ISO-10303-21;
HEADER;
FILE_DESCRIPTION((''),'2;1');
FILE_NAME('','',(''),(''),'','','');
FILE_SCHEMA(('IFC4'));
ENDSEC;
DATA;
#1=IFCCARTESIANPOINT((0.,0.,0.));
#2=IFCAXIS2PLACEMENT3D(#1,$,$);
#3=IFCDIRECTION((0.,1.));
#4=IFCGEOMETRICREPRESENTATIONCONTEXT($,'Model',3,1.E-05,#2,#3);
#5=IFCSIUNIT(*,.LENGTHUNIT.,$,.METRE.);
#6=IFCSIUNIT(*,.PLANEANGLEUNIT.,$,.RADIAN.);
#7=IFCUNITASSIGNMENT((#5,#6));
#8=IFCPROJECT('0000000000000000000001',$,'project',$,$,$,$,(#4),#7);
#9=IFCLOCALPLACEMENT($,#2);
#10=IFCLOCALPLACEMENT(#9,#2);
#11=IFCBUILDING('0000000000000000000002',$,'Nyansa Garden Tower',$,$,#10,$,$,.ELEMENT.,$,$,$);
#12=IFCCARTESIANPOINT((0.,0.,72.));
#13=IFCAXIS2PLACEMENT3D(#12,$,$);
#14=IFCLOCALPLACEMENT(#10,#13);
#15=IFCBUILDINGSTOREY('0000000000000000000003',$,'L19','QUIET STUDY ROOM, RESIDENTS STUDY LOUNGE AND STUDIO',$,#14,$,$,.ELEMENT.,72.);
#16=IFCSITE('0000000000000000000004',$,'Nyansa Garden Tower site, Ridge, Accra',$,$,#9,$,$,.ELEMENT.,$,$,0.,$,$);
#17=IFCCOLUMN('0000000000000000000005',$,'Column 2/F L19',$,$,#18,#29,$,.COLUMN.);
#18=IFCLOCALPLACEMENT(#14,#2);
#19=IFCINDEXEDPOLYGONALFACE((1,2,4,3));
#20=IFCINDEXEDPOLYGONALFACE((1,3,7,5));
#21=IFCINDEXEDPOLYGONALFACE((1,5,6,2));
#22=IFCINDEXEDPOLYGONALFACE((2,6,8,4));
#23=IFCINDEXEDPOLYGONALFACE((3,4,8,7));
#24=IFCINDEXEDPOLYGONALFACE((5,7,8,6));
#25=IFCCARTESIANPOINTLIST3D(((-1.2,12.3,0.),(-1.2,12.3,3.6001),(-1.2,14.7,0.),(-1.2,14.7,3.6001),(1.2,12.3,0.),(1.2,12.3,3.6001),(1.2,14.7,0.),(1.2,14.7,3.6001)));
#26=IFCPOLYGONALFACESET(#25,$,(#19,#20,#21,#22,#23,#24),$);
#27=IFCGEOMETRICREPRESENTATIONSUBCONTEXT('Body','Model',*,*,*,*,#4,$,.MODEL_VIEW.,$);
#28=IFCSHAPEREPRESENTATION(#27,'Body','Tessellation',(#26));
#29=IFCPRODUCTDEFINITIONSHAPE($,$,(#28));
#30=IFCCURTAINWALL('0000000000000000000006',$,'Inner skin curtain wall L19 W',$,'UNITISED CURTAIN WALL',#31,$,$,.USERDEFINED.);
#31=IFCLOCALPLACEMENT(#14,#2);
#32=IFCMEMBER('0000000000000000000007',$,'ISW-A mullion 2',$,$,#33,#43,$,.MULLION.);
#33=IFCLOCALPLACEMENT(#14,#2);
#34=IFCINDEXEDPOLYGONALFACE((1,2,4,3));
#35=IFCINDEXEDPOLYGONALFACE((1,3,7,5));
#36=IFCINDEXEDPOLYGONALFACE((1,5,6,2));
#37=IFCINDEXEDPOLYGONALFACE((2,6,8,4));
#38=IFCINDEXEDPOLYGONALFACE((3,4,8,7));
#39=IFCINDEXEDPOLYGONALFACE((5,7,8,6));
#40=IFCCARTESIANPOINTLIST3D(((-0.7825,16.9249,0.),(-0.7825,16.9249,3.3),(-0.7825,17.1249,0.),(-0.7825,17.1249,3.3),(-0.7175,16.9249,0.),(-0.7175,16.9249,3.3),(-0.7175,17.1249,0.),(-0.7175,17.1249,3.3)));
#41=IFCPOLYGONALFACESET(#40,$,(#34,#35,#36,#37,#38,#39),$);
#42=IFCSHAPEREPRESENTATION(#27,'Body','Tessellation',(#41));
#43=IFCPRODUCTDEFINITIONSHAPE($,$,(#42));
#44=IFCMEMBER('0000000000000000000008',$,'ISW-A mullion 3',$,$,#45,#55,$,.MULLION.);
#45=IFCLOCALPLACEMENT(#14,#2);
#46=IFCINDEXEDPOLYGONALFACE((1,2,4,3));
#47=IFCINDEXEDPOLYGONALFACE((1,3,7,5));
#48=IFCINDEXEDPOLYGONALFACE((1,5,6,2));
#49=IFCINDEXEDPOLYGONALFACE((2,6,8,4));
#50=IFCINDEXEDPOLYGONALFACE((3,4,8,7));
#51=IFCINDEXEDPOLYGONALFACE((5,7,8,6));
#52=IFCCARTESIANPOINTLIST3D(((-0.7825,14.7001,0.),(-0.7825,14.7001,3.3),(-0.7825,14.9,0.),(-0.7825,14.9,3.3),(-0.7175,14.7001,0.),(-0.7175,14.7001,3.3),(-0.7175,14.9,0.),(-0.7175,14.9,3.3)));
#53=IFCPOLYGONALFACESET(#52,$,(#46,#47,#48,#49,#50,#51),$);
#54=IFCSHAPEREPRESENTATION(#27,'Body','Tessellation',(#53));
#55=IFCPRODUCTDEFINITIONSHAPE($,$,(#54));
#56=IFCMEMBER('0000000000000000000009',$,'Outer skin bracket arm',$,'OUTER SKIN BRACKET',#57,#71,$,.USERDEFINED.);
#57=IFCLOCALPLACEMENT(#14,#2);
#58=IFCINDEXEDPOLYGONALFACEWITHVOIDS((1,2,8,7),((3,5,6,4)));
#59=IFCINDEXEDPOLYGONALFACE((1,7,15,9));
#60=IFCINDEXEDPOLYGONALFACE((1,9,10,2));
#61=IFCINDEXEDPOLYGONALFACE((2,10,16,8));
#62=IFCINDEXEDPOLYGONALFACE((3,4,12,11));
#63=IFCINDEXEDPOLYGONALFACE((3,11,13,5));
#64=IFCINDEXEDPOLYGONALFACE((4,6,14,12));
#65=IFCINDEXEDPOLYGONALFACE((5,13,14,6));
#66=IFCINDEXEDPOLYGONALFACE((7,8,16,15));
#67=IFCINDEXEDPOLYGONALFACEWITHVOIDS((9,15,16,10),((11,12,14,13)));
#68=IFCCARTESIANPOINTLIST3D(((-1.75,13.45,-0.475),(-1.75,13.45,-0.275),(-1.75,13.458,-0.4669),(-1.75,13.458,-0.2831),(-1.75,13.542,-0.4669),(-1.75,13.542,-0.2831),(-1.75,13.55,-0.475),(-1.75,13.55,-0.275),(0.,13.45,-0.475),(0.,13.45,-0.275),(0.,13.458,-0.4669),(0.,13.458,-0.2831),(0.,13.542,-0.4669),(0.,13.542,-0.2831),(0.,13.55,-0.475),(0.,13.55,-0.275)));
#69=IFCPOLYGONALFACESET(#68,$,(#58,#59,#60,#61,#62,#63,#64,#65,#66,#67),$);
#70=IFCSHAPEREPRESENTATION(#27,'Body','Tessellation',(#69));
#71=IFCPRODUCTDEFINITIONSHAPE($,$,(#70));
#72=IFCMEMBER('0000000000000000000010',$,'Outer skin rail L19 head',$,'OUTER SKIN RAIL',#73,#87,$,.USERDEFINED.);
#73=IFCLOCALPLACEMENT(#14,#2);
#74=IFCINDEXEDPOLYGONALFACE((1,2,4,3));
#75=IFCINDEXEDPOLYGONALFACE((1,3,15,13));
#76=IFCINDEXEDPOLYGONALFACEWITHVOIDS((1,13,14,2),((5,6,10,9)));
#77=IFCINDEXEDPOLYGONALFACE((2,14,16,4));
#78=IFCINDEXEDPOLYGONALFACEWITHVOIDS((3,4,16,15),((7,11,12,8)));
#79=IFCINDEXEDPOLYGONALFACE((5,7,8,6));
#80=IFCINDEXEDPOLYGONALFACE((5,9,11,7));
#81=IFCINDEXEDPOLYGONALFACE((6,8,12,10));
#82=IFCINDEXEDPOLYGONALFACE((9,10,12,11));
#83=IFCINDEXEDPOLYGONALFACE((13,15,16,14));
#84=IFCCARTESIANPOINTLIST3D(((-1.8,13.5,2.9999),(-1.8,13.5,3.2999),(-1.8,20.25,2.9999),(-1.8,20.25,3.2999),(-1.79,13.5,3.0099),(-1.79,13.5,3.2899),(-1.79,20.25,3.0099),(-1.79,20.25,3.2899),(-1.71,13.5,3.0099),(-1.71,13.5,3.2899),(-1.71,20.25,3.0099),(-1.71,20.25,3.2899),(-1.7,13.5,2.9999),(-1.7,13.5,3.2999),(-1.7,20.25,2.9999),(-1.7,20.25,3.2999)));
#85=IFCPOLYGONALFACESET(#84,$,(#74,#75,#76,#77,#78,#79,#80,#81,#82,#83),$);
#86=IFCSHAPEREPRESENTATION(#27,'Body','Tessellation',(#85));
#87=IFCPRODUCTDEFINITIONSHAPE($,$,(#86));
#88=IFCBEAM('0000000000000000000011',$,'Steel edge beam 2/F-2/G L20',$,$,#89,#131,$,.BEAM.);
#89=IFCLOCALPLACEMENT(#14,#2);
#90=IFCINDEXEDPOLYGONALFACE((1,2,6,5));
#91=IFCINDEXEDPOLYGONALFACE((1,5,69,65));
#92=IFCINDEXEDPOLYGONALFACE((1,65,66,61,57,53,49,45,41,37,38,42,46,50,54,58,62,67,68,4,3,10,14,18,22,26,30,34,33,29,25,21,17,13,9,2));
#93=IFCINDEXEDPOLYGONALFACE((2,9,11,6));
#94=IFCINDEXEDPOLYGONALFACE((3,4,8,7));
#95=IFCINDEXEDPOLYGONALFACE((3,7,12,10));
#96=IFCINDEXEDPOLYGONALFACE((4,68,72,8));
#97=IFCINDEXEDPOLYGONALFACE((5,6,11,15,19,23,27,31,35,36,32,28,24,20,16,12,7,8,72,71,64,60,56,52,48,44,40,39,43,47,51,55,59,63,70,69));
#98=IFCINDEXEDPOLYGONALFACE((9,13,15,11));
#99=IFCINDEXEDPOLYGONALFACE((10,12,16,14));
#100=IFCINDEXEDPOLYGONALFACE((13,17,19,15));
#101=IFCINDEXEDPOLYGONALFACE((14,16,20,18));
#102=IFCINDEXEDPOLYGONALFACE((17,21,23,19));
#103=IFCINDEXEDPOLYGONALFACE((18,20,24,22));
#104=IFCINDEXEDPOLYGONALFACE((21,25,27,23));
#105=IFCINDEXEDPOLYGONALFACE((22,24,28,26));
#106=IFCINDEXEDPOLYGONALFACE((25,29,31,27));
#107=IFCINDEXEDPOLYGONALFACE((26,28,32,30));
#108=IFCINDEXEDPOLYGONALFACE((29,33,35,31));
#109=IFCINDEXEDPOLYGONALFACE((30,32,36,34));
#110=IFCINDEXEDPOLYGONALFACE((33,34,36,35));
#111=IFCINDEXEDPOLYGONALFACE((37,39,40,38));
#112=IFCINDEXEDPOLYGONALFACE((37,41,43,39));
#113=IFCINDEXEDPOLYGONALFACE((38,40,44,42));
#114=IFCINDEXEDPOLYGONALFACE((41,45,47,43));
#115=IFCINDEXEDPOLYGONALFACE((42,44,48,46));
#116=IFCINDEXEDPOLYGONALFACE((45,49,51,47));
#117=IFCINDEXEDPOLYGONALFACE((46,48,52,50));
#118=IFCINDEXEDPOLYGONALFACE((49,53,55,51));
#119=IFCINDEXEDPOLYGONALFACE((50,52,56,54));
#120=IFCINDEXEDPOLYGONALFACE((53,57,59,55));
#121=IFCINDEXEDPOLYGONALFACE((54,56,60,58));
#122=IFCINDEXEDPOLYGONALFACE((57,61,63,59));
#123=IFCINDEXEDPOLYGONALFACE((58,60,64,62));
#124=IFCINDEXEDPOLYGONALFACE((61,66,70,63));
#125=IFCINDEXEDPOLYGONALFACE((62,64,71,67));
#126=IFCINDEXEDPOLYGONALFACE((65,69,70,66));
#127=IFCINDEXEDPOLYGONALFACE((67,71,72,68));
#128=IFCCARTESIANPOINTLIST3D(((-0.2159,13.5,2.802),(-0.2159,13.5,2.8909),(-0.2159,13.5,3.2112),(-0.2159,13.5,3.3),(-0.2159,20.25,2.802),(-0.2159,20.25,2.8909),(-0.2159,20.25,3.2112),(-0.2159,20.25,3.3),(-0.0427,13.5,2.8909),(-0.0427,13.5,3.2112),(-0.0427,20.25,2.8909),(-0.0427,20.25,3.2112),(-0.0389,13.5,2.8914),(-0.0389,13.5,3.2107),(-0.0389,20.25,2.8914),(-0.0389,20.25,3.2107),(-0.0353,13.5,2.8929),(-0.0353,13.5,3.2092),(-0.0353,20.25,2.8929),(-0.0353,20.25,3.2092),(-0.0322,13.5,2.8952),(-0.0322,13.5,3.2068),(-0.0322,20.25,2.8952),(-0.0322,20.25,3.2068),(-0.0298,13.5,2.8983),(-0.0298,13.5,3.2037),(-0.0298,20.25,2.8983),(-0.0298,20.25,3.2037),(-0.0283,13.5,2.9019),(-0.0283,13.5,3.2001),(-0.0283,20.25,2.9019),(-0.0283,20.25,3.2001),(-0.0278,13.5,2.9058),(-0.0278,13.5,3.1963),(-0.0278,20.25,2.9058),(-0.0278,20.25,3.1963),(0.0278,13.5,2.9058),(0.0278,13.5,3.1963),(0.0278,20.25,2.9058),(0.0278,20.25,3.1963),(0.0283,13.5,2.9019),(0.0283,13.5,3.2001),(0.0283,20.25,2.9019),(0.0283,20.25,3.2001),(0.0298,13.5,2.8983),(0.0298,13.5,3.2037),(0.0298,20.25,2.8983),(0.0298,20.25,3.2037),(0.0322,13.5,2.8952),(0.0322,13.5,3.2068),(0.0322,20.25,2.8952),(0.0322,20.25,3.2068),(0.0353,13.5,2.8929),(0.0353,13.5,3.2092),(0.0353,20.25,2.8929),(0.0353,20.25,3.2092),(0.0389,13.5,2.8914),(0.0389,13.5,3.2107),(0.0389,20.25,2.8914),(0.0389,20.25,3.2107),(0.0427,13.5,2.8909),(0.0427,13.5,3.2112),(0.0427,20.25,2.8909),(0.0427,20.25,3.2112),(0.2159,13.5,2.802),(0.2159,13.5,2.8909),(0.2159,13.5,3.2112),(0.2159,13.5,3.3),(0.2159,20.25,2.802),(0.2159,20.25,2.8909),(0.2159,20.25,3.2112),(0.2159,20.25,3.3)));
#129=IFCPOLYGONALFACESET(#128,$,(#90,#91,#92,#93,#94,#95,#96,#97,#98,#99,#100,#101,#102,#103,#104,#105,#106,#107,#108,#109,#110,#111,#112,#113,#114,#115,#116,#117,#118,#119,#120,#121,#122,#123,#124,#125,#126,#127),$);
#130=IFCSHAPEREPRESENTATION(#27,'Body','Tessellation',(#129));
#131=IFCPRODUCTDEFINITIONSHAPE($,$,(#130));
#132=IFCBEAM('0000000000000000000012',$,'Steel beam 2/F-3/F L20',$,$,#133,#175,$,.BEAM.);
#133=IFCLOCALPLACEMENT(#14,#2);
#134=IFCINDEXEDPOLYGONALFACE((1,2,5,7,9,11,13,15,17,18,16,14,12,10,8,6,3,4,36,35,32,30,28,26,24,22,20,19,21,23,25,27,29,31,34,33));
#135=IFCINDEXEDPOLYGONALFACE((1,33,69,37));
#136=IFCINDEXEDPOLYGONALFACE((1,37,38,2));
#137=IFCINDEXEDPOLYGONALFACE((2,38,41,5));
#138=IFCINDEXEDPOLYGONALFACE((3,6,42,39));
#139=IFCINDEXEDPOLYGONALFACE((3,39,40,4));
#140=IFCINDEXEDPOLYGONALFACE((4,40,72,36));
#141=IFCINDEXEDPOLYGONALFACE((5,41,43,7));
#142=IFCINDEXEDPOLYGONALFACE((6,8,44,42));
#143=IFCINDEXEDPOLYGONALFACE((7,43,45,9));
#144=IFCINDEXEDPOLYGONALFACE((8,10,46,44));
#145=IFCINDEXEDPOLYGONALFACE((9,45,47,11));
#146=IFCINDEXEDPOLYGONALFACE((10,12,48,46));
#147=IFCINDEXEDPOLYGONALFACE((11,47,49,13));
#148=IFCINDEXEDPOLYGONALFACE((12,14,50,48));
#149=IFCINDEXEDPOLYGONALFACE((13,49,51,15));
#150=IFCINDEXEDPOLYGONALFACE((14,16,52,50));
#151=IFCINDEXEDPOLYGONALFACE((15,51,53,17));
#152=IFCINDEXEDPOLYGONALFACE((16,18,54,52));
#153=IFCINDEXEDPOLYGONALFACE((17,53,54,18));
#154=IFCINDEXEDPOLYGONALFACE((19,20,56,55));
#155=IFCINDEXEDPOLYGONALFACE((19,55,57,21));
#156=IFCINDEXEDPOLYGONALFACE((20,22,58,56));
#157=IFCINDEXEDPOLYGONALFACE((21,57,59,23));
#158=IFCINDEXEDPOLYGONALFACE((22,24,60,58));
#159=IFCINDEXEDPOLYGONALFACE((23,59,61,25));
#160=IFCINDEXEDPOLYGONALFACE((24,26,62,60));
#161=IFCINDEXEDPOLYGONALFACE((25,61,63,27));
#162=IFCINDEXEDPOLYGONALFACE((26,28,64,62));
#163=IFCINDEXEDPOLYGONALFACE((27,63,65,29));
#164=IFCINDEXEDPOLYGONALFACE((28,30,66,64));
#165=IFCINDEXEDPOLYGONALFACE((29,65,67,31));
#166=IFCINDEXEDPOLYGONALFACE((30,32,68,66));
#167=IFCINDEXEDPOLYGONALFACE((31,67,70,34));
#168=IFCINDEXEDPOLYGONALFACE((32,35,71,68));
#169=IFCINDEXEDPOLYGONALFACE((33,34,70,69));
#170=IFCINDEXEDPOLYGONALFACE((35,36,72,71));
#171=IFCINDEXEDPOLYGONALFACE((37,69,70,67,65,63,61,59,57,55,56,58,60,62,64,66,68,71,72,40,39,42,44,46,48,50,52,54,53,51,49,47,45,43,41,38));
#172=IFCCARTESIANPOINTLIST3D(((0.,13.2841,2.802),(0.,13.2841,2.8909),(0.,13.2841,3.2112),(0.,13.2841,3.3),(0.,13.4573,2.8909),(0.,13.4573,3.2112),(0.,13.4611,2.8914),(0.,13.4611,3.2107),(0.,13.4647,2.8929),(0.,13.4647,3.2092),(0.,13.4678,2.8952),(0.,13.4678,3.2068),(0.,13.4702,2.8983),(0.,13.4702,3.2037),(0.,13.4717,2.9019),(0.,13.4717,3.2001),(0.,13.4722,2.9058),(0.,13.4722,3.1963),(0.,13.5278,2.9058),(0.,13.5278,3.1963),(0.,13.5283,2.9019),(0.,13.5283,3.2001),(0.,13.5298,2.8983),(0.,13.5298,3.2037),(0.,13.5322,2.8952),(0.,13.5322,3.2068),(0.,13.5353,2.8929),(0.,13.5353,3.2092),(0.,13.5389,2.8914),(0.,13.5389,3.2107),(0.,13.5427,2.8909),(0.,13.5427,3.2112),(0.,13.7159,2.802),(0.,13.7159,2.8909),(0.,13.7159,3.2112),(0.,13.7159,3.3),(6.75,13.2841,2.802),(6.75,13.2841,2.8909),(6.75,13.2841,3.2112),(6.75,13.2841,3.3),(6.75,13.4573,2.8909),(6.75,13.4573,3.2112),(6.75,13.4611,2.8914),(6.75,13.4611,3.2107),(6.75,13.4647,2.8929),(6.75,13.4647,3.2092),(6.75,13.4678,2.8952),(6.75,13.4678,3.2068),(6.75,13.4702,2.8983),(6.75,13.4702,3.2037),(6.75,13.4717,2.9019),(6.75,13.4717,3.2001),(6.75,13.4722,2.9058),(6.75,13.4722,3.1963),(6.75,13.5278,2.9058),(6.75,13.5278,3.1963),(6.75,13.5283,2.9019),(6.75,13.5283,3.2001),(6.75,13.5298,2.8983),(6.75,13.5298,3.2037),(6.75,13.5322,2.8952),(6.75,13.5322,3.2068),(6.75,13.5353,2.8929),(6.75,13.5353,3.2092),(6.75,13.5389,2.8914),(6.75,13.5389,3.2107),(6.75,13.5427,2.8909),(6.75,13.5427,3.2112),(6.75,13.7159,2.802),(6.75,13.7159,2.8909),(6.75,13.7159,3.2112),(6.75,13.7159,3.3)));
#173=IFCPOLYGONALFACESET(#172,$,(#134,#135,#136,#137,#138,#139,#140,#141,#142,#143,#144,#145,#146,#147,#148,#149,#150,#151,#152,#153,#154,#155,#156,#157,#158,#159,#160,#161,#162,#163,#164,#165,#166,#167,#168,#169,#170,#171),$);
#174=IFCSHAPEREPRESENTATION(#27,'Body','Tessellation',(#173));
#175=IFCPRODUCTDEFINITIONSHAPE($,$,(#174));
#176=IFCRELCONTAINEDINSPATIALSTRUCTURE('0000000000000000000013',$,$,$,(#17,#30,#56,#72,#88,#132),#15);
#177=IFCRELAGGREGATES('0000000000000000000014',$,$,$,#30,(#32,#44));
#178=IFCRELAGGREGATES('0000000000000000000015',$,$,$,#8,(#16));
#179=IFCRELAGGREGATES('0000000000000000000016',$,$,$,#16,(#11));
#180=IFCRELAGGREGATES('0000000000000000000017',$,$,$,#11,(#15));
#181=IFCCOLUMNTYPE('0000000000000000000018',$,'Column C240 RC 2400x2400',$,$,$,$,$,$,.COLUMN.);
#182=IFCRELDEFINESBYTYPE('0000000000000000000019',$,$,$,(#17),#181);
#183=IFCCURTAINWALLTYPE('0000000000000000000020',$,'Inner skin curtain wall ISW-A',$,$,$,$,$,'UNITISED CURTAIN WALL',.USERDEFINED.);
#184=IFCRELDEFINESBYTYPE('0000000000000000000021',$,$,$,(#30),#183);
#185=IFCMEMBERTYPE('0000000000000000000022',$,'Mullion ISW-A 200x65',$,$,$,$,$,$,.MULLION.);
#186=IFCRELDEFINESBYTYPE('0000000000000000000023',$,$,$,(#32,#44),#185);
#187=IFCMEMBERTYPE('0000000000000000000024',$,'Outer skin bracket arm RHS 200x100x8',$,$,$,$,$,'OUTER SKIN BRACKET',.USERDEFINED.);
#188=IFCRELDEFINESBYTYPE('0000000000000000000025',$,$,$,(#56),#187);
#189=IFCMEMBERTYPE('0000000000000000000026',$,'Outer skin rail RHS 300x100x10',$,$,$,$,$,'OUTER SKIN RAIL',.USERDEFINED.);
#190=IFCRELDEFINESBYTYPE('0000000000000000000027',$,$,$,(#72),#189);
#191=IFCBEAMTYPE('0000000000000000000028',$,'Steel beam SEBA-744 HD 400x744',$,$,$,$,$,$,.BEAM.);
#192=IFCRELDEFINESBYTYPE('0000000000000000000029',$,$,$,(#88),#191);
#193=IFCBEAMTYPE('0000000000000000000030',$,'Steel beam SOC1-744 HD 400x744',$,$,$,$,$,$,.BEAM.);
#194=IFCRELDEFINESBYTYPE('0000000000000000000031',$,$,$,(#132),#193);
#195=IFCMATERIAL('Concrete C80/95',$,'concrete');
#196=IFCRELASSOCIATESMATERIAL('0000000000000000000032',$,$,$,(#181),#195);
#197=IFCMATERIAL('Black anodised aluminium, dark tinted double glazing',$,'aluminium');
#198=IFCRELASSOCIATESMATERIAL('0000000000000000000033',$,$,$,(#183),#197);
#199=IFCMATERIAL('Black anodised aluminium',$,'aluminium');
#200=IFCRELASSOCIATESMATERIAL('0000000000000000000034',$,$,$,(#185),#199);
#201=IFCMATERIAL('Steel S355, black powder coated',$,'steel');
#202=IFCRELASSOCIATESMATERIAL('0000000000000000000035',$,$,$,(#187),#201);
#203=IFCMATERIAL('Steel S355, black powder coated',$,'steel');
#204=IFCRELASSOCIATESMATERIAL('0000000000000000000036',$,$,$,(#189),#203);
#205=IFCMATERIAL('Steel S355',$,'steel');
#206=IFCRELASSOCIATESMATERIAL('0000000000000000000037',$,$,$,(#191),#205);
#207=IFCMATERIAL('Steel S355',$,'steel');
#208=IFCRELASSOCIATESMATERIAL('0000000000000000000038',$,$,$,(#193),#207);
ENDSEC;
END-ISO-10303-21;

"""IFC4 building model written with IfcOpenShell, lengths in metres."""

from ifc_helpers import new_model, si_unit, direction, frame, origin, origin_2d, place, context, subcontext, project, spatial, rectangle, hollow_rectangle, i_section, extrude, material, material_profile, profile_set, type_object, element, aggregate, save


model = new_model("IFC4")

# Units and contexts
model_context = context("Model", 3, precision=1e-05, world=origin(), true_north=direction((0.0, 1.0)))
body_context = subcontext(model_context, "Body", "Model", "MODEL_VIEW")
ifc_project = project(units=[si_unit("LENGTHUNIT", "METRE"), si_unit("PLANEANGLEUNIT", "RADIAN")], contexts=[model_context])

# Site, building, storey
site_placement = place(None, origin())
site = spatial("IfcSite", under=ifc_project, at=site_placement, Name="Nyansa Garden Tower site, Ridge, Accra", CompositionType="ELEMENT", RefElevation=0.0)
building_placement = place(site_placement, origin())
building = spatial("IfcBuilding", under=site, at=building_placement, Name="Nyansa Garden Tower", CompositionType="ELEMENT")
storey_placement = place(building_placement, frame((0.0, 0.0, 72.0)))
storey = spatial("IfcBuildingStorey", under=building, at=storey_placement, Name="L19", Description="QUIET STUDY ROOM, RESIDENTS STUDY LOUNGE AND STUDIO", CompositionType="ELEMENT", Elevation=72.0)

# Column
ifc_material_1 = material(Name="Concrete C80/95", Category="concrete")
ifc_material_profile_1 = material_profile(ifc_material_1, rectangle(XDim=2.3999, YDim=2.3999, at=origin_2d()), Name="RC 2400x2400")
ifc_profile_set_1 = profile_set([ifc_material_profile_1], Name="Concrete C80/95")
column_type = type_object("IfcColumnType", Name="Column C240 RC 2400x2400", PredefinedType="COLUMN", material=ifc_profile_set_1)
column_placement = place(storey_placement, frame((0.0, 13.5, 0.0), z_axis=(0.0, 0.0, 1.0), x_axis=(1.0, 0.0, 0.0)))
element("IfcColumn", 1, at=column_placement, inside=storey, type_object=column_type, Name="Column 2/F L19", PredefinedType="COLUMN", context=body_context, shape_type="SweptSolid", body=[
    extrude(rectangle(XDim=2.3999, YDim=2.3999, at=origin_2d()), origin(), (0.0, 0.0, 1.0), 3.6001),
])

# Curtain wall, members
ifc_material_2 = material(Name="Black anodised aluminium, dark tinted double glazing", Category="aluminium")
curtain_wall_type = type_object("IfcCurtainWallType", Name="Inner skin curtain wall ISW-A", ElementType="UNITISED CURTAIN WALL", PredefinedType="USERDEFINED", material=ifc_material_2)
curtain_wall_placement = place(storey_placement, origin())
curtain_wall = element("IfcCurtainWall", 2, at=curtain_wall_placement, inside=storey, type_object=curtain_wall_type, Name="Inner skin curtain wall L19 W", ObjectType="UNITISED CURTAIN WALL", PredefinedType="USERDEFINED")
ifc_material_3 = material(Name="Black anodised aluminium", Category="aluminium")
ifc_material_profile_2 = material_profile(ifc_material_3, rectangle(XDim=0.0649, YDim=0.2, at=origin_2d()), Name="Mullion 200x65")
ifc_profile_set_2 = profile_set([ifc_material_profile_2], Name="Black anodised aluminium")
member_type_1 = type_object("IfcMemberType", Name="Mullion ISW-A 200x65", PredefinedType="MULLION", material=ifc_profile_set_2)
member_1_placement = place(storey_placement, frame((-0.75, 17.0249, 0.0), z_axis=(0.0, 0.0, 1.0), x_axis=(1.0, 0.0, 0.0)))
member_1 = element("IfcMember", 3, at=member_1_placement, type_object=member_type_1, Name="ISW-A mullion 2", PredefinedType="MULLION", context=body_context, shape_type="SweptSolid", body=[
    extrude(rectangle(XDim=0.0649, YDim=0.2, at=origin_2d()), origin(), (0.0, 0.0, 1.0), 3.3),
])
member_2_placement = place(storey_placement, frame((-0.75, 14.8, 0.0), z_axis=(0.0, 0.0, 1.0), x_axis=(1.0, 0.0, 0.0)))
member_2 = element("IfcMember", 4, at=member_2_placement, type_object=member_type_1, Name="ISW-A mullion 3", PredefinedType="MULLION", context=body_context, shape_type="SweptSolid", body=[
    extrude(rectangle(XDim=0.0649, YDim=0.2, at=origin_2d()), origin(), (0.0, 0.0, 1.0), 3.3),
])

# Members
ifc_material_4 = material(Name="Steel S355, black powder coated", Category="steel")
ifc_material_profile_3 = material_profile(ifc_material_4, hollow_rectangle(XDim=0.1001, YDim=0.2, WallThickness=0.0081, at=origin_2d()), Name="RHS 200x100x8")
ifc_profile_set_3 = profile_set([ifc_material_profile_3], Name="Steel S355, black powder coated")
member_type_2 = type_object("IfcMemberType", Name="Outer skin bracket arm RHS 200x100x8", ElementType="OUTER SKIN BRACKET", PredefinedType="USERDEFINED", material=ifc_profile_set_3)
member_3_placement = place(storey_placement, frame((0.0, 13.5, -0.375), z_axis=(-1.0, 0.0, 0.0), x_axis=(0.0, -1.0, 0.0)))
element("IfcMember", 5, at=member_3_placement, inside=storey, type_object=member_type_2, Name="Outer skin bracket arm", ObjectType="OUTER SKIN BRACKET", PredefinedType="USERDEFINED", context=body_context, shape_type="SweptSolid", body=[
    extrude(hollow_rectangle(XDim=0.1001, YDim=0.2, WallThickness=0.0081, at=origin_2d()), origin(), (0.0, 0.0, 1.0), 1.75),
])
ifc_material_5 = material(Name="Steel S355, black powder coated", Category="steel")
ifc_material_profile_4 = material_profile(ifc_material_5, hollow_rectangle(XDim=0.1001, YDim=0.3, WallThickness=0.01, at=origin_2d()), Name="RHS 300x100x10")
ifc_profile_set_4 = profile_set([ifc_material_profile_4], Name="Steel S355, black powder coated")
member_type_3 = type_object("IfcMemberType", Name="Outer skin rail RHS 300x100x10", ElementType="OUTER SKIN RAIL", PredefinedType="USERDEFINED", material=ifc_profile_set_4)
member_4_placement = place(storey_placement, frame((-1.75, 13.5, 3.1499), z_axis=(0.0, 1.0, 0.0), x_axis=(-1.0, 0.0, 0.0)))
element("IfcMember", 6, at=member_4_placement, inside=storey, type_object=member_type_3, Name="Outer skin rail L19 head", ObjectType="OUTER SKIN RAIL", PredefinedType="USERDEFINED", context=body_context, shape_type="SweptSolid", body=[
    extrude(hollow_rectangle(XDim=0.1001, YDim=0.3, WallThickness=0.01, at=origin_2d()), origin(), (0.0, 0.0, 1.0), 6.75),
])

# Beams
ifc_material_6 = material(Name="Steel S355", Category="steel")
ifc_material_profile_5 = material_profile(ifc_material_6, i_section(OverallWidth=0.4319, OverallDepth=0.498, WebThickness=0.0557, FlangeThickness=0.0889, FilletRadius=0.0149, at=origin_2d()), Name="HD 400x744")
ifc_profile_set_5 = profile_set([ifc_material_profile_5], Name="Steel S355")
beam_type_1 = type_object("IfcBeamType", Name="Steel beam SEBA-744 HD 400x744", PredefinedType="BEAM", material=ifc_profile_set_5)
beam_1_placement = place(storey_placement, frame((0.0, 13.5, 3.051), z_axis=(0.0, 1.0, 0.0), x_axis=(-1.0, 0.0, 0.0)))
element("IfcBeam", 7, at=beam_1_placement, inside=storey, type_object=beam_type_1, Name="Steel edge beam 2/F-2/G L20", PredefinedType="BEAM", context=body_context, shape_type="SweptSolid", body=[
    extrude(i_section(OverallWidth=0.4319, OverallDepth=0.498, WebThickness=0.0557, FlangeThickness=0.0889, FilletRadius=0.0149, at=origin_2d()), origin(), (0.0, 0.0, 1.0), 6.75),
])
ifc_material_7 = material(Name="Steel S355", Category="steel")
ifc_material_profile_6 = material_profile(ifc_material_7, i_section(OverallWidth=0.4319, OverallDepth=0.498, WebThickness=0.0557, FlangeThickness=0.0889, FilletRadius=0.0149, at=origin_2d()), Name="HD 400x744")
ifc_profile_set_6 = profile_set([ifc_material_profile_6], Name="Steel S355")
beam_type_2 = type_object("IfcBeamType", Name="Steel beam SOC1-744 HD 400x744", PredefinedType="BEAM", material=ifc_profile_set_6)
beam_2_placement = place(storey_placement, frame((0.0, 13.5, 3.051), z_axis=(1.0, 0.0, 0.0), x_axis=(0.0, 1.0, 0.0)))
element("IfcBeam", 8, at=beam_2_placement, inside=storey, type_object=beam_type_2, Name="Steel beam 2/F-3/F L20", PredefinedType="BEAM", context=body_context, shape_type="SweptSolid", body=[
    extrude(i_section(OverallWidth=0.4319, OverallDepth=0.498, WebThickness=0.0557, FlangeThickness=0.0889, FilletRadius=0.0149, at=origin_2d()), origin(), (0.0, 0.0, 1.0), 6.75),
])

aggregate(curtain_wall, [member_1, member_2])

save(model, "model.ifc")
